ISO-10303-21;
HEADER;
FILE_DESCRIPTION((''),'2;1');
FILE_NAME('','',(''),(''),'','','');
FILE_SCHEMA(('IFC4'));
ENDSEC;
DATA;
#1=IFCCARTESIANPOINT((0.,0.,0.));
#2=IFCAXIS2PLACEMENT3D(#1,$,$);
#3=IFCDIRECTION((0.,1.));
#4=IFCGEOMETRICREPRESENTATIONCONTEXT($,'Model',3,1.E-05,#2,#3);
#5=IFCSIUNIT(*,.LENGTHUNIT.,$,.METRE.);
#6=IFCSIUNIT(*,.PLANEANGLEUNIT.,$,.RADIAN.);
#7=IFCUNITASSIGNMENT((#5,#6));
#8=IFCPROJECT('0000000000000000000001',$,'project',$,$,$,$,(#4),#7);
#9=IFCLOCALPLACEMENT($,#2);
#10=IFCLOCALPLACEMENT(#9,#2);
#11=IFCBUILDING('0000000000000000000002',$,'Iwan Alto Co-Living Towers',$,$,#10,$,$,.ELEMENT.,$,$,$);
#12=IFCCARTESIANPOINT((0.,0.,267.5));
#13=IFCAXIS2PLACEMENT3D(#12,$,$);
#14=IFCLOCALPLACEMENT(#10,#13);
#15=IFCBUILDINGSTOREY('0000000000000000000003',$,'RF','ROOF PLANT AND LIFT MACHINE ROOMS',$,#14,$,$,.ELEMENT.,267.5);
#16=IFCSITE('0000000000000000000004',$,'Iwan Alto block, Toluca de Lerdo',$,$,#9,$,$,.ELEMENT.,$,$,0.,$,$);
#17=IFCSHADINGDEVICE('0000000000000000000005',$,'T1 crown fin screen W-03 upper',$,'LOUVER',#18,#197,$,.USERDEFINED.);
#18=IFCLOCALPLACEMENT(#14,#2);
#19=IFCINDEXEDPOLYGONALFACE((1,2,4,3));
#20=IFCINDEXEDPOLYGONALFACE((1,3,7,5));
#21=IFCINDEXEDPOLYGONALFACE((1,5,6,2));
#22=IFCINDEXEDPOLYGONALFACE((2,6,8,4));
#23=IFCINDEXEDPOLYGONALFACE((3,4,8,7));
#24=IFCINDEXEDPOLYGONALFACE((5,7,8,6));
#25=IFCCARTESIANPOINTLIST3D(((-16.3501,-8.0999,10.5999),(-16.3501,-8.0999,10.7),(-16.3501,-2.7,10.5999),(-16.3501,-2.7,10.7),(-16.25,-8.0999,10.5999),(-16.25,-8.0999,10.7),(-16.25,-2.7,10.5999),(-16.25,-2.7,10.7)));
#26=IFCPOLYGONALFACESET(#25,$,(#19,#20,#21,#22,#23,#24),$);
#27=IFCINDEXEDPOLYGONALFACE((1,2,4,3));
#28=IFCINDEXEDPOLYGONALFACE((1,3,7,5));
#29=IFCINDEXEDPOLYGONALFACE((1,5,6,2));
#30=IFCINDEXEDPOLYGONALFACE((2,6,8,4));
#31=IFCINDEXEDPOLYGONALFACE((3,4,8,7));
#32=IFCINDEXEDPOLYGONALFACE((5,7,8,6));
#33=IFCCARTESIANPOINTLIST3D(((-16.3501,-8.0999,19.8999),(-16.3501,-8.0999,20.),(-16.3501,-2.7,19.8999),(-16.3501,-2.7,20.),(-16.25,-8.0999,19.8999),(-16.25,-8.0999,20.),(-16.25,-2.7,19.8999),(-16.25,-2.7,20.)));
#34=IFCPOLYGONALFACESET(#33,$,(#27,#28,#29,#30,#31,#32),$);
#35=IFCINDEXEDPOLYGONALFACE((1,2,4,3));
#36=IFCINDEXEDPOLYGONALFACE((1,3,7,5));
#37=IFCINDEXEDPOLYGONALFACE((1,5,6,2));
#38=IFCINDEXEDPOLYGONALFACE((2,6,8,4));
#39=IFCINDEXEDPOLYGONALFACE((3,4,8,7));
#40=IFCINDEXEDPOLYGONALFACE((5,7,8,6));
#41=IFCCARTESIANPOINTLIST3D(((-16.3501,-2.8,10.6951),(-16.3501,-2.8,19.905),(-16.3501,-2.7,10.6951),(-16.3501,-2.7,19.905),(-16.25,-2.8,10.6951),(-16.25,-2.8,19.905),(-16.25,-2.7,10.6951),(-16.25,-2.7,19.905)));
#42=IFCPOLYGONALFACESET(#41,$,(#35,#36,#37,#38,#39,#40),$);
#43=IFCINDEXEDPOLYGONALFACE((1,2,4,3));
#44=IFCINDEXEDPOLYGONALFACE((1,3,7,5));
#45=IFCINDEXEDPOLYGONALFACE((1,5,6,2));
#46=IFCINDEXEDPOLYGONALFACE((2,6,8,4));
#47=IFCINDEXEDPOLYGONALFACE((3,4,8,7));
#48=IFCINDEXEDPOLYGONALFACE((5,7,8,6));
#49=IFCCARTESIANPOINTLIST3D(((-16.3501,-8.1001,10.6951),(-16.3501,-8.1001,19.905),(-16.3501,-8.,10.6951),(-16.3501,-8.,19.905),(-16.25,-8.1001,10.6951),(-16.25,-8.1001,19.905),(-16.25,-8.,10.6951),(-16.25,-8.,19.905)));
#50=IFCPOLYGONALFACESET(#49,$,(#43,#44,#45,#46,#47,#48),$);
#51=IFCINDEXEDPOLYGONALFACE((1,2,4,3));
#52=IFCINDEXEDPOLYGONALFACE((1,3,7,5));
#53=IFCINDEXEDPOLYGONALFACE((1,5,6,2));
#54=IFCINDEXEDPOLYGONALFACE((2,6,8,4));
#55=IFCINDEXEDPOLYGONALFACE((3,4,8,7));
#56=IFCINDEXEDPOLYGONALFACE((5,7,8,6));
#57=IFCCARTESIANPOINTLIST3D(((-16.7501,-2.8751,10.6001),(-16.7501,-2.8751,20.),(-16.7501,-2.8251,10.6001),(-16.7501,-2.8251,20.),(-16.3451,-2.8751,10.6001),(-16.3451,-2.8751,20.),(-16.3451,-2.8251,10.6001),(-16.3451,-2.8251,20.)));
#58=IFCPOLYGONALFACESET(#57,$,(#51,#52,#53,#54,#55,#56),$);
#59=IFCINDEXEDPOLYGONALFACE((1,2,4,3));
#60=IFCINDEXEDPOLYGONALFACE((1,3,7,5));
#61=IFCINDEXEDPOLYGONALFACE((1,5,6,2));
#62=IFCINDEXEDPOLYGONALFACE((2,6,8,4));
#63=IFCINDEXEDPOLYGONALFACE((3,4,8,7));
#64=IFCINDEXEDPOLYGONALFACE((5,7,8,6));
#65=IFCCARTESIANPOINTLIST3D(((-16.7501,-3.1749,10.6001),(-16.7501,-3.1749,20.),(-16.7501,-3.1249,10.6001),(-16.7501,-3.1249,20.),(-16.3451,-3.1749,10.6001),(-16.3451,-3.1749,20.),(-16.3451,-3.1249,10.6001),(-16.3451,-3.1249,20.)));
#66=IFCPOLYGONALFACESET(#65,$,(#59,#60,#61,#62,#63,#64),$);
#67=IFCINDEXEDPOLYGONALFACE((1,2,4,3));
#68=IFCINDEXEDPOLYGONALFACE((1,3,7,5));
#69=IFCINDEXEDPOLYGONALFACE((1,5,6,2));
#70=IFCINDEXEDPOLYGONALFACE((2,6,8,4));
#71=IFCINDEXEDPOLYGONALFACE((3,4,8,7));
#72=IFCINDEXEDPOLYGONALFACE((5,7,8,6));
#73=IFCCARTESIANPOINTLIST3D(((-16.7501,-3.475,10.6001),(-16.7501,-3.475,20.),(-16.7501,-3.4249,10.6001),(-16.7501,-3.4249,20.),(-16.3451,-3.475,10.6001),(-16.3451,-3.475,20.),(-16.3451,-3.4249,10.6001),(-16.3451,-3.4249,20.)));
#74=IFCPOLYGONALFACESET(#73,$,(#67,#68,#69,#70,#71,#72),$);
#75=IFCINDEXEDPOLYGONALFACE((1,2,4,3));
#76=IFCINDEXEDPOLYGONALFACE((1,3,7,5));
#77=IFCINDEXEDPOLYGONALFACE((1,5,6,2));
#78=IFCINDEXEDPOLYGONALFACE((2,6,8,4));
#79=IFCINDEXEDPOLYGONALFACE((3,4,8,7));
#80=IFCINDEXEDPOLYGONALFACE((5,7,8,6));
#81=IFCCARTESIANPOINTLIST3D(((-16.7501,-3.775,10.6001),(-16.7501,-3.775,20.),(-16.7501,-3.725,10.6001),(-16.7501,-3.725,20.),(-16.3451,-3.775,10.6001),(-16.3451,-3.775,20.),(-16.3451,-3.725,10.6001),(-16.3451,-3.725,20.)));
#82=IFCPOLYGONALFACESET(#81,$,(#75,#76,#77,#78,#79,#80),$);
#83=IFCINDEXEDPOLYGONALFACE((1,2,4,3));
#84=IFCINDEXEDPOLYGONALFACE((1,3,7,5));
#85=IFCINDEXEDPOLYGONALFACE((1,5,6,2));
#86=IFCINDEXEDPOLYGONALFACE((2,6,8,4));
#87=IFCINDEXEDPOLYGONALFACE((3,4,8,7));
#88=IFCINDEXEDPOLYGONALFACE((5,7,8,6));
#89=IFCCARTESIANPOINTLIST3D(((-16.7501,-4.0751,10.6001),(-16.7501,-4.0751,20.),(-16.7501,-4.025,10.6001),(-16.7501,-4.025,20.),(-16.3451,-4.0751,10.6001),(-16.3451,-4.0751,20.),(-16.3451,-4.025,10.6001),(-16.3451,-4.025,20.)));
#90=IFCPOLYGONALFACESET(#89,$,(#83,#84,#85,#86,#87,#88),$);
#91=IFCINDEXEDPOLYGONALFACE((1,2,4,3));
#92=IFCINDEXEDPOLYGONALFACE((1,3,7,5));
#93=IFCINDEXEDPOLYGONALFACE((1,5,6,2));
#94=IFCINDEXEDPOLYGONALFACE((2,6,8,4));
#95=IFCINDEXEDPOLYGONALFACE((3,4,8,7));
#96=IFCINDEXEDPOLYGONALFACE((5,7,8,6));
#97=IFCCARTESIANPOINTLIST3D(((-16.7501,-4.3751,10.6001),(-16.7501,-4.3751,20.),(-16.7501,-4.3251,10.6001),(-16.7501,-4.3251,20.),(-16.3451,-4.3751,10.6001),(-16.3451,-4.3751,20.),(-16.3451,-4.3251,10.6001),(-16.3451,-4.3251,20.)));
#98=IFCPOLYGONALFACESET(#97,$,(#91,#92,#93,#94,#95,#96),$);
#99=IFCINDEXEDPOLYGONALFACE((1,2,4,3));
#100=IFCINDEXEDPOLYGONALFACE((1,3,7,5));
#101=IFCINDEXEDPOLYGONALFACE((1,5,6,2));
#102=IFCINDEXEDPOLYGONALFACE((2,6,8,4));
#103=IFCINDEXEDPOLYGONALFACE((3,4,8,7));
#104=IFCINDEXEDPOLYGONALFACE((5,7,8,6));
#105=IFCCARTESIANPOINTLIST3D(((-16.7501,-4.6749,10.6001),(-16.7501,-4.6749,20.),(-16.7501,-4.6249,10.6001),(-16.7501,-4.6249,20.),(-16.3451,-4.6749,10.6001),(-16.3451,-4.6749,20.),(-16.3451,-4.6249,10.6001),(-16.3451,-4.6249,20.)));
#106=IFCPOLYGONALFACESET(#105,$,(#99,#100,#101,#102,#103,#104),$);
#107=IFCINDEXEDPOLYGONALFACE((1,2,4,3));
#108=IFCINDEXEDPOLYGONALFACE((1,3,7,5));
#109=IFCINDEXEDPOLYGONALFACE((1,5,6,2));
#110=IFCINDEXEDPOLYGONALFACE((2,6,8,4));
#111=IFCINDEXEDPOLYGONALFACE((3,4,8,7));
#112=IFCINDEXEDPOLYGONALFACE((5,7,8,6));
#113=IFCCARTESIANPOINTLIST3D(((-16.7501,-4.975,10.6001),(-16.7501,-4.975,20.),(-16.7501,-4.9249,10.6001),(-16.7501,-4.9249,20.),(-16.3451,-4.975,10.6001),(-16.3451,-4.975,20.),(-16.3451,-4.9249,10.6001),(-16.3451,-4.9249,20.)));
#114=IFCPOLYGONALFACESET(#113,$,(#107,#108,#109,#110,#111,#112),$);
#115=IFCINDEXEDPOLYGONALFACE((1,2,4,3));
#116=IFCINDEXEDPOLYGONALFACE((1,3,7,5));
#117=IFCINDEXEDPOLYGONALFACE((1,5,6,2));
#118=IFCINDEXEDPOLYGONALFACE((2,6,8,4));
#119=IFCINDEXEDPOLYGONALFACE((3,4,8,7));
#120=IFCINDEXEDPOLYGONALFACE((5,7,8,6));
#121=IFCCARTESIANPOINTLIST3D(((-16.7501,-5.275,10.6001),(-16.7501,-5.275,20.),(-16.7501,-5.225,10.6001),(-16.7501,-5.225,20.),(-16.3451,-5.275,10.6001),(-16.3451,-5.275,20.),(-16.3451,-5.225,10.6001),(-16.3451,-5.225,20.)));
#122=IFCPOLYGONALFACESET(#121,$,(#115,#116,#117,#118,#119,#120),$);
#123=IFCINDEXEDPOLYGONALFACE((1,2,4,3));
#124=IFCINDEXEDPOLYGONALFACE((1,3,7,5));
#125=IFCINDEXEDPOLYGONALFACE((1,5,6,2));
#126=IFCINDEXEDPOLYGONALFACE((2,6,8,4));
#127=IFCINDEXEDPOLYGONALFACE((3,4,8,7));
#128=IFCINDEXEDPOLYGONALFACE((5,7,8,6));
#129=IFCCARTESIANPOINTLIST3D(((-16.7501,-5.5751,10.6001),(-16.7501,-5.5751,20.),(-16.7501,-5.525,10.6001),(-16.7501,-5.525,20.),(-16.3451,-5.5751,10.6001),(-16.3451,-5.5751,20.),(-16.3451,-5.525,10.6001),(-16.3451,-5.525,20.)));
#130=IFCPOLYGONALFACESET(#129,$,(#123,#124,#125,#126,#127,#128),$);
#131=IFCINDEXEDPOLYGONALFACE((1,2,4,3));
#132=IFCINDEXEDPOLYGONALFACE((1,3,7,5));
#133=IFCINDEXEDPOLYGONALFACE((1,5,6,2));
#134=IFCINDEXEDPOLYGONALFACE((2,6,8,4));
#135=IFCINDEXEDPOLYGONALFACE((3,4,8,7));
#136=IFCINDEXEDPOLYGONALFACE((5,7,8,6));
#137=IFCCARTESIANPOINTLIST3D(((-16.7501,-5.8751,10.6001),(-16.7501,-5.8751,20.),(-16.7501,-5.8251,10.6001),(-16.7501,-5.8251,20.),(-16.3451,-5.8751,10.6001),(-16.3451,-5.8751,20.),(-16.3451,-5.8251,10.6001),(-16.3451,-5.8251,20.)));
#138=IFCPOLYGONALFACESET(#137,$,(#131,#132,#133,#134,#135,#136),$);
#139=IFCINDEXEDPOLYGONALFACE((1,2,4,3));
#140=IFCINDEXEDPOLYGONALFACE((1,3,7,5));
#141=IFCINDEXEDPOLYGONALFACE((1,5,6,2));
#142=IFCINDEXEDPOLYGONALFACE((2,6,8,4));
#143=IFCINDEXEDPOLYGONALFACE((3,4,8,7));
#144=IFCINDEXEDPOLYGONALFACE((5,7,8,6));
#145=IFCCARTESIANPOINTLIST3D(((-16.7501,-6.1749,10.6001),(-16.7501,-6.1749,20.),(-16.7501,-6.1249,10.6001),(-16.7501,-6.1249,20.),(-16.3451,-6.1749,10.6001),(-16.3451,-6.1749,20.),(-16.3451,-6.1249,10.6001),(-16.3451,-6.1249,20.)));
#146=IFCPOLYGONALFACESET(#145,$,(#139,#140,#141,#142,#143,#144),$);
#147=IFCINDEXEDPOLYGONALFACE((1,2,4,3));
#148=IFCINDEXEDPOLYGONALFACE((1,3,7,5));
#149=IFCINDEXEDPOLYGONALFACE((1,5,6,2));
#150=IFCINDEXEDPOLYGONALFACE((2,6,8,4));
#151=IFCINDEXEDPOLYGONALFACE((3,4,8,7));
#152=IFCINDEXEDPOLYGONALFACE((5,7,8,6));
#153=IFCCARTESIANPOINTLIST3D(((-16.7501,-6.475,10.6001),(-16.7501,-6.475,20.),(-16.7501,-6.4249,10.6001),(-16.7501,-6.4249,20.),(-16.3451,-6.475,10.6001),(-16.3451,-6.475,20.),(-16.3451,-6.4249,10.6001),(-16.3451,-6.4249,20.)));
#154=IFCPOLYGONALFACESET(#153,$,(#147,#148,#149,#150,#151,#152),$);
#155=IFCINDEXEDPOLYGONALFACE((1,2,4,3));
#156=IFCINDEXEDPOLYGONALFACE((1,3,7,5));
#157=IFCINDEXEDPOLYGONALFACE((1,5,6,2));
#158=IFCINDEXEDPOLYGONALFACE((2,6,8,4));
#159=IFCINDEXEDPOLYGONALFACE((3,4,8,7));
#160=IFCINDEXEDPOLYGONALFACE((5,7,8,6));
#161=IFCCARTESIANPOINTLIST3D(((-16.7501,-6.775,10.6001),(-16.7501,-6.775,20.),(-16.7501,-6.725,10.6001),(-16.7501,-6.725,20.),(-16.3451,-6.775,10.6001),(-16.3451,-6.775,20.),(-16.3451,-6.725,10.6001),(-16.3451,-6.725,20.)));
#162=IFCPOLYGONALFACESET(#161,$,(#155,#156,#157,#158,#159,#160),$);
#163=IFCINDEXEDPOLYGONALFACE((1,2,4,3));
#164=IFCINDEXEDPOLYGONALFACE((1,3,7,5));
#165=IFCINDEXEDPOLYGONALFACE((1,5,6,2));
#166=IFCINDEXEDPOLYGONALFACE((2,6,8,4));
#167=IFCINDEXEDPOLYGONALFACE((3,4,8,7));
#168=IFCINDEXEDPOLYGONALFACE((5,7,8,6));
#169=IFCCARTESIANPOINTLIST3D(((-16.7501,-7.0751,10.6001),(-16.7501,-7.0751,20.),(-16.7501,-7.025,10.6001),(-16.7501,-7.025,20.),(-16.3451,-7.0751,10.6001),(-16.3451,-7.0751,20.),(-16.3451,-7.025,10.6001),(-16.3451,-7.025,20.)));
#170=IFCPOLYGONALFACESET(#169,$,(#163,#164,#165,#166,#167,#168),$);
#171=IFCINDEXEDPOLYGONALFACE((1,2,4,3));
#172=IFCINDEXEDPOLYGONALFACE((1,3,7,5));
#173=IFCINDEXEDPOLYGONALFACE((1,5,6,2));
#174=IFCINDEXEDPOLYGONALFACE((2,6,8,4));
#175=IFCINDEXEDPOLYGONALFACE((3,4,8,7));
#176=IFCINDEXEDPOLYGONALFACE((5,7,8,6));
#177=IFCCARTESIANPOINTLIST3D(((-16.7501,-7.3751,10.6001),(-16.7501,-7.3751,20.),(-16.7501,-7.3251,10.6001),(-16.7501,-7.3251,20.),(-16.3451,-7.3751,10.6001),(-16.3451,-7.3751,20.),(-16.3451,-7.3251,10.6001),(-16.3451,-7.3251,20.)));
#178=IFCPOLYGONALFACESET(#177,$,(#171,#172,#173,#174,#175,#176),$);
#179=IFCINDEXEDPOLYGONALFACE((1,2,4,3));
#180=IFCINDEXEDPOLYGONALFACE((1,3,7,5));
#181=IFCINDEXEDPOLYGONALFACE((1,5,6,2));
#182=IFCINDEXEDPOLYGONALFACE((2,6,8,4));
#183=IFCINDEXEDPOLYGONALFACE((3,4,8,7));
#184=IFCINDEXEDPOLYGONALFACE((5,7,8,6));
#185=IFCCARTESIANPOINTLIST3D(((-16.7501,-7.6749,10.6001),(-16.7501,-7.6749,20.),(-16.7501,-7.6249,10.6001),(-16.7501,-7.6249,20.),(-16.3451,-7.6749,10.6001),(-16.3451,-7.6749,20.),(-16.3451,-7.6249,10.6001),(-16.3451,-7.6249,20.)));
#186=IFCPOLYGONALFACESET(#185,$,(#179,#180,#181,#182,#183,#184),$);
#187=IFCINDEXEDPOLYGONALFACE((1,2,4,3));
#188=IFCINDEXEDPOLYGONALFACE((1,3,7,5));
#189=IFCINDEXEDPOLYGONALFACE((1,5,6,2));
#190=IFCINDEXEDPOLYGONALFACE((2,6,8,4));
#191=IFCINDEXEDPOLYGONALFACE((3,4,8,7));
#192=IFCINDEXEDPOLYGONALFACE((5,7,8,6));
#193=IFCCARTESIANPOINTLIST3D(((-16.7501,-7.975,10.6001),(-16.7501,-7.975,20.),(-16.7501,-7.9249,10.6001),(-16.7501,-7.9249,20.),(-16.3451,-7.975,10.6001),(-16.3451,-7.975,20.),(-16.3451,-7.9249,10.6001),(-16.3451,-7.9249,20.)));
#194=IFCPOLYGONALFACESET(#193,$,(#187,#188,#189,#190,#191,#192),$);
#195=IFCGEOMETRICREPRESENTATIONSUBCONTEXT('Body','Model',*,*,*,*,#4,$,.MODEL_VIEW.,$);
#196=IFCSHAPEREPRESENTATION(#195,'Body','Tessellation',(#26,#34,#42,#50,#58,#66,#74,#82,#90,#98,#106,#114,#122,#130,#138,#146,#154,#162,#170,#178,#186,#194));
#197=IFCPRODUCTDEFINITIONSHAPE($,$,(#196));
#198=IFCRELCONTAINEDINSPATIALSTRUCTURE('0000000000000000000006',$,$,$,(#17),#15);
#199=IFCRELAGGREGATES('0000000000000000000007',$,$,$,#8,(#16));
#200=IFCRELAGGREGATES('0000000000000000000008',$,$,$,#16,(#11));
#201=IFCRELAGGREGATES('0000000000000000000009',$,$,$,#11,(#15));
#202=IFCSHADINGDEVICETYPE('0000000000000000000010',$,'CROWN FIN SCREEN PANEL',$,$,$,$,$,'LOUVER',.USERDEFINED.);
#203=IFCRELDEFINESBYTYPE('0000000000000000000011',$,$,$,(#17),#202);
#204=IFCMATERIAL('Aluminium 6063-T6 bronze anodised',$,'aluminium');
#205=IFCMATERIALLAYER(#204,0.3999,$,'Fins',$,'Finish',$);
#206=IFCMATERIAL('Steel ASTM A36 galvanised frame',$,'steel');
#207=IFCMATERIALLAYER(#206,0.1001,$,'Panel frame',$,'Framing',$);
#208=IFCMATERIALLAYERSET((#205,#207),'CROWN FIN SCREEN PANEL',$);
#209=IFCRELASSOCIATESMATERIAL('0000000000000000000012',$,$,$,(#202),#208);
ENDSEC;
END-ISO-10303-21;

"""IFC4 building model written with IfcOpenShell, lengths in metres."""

from ifc_helpers import new_model, si_unit, direction, frame, origin, origin_2d, place, context, subcontext, project, spatial, rectangle, extrude, material, layer, layer_set, type_object, element, save


model = new_model("IFC4")

# Units and contexts
model_context = context("Model", 3, precision=1e-05, world=origin(), true_north=direction((0.0, 1.0)))
body_context = subcontext(model_context, "Body", "Model", "MODEL_VIEW")
ifc_project = project(units=[si_unit("LENGTHUNIT", "METRE"), si_unit("PLANEANGLEUNIT", "RADIAN")], contexts=[model_context])

# Site, building, storey
site_placement = place(None, origin())
site = spatial("IfcSite", under=ifc_project, at=site_placement, Name="Iwan Alto block, Toluca de Lerdo", CompositionType="ELEMENT", RefElevation=0.0)
building_placement = place(site_placement, origin())
building = spatial("IfcBuilding", under=site, at=building_placement, Name="Iwan Alto Co-Living Towers", CompositionType="ELEMENT")
storey_placement = place(building_placement, frame((0.0, 0.0, 267.5)))
storey = spatial("IfcBuildingStorey", under=building, at=storey_placement, Name="RF", Description="ROOF PLANT AND LIFT MACHINE ROOMS", CompositionType="ELEMENT", Elevation=267.5)

# Shading device
ifc_material_1 = material(Name="Aluminium 6063-T6 bronze anodised", Category="aluminium")
ifc_layer_1 = layer(ifc_material_1, 0.3999, Name="Fins", Category="Finish")
ifc_material_2 = material(Name="Steel ASTM A36 galvanised frame", Category="steel")
ifc_layer_2 = layer(ifc_material_2, 0.1001, Name="Panel frame", Category="Framing")
ifc_layer_set = layer_set([ifc_layer_1, ifc_layer_2], Name="CROWN FIN SCREEN PANEL")
shading_device_type = type_object("IfcShadingDeviceType", Name="CROWN FIN SCREEN PANEL", ElementType="LOUVER", PredefinedType="USERDEFINED", material=ifc_layer_set)
shading_device_1_placement = place(storey_placement, frame((0.0, 0.0, -267.5)))
element("IfcShadingDevice", 1, at=shading_device_1_placement, inside=storey, type_object=shading_device_type, Name="T1 crown fin screen W-03 upper", ObjectType="LOUVER", PredefinedType="USERDEFINED", context=body_context, shape_type="SweptSolid", body=[
    extrude(rectangle(XDim=5.3999, YDim=0.1001, at=origin_2d()), frame((-16.3, -5.3999, 278.0999), z_axis=(0.0, 0.0, 1.0), x_axis=(0.0, -1.0, 0.0)), (0.0, 0.0, 1.0), 0.1001),
    extrude(rectangle(XDim=5.3999, YDim=0.1001, at=origin_2d()), frame((-16.3, -5.3999, 287.3999), z_axis=(0.0, 0.0, 1.0), x_axis=(0.0, -1.0, 0.0)), (0.0, 0.0, 1.0), 0.1001),
    extrude(rectangle(XDim=0.1001, YDim=0.1001, at=origin_2d()), frame((-16.3, -2.75, 278.1951), z_axis=(0.0, 0.0, 1.0), x_axis=(0.0, -1.0, 0.0)), (0.0, 0.0, 1.0), 9.21),
    extrude(rectangle(XDim=0.1001, YDim=0.1001, at=origin_2d()), frame((-16.3, -8.05, 278.1951), z_axis=(0.0, 0.0, 1.0), x_axis=(0.0, -1.0, 0.0)), (0.0, 0.0, 1.0), 9.21),
    extrude(rectangle(XDim=0.05, YDim=0.405, at=origin_2d()), frame((-16.5476, -2.8501, 278.1001), z_axis=(0.0, 0.0, 1.0), x_axis=(0.0, -1.0, 0.0)), (0.0, 0.0, 1.0), 9.3999),
    extrude(rectangle(XDim=0.05, YDim=0.405, at=origin_2d()), frame((-16.5476, -3.1499, 278.1001), z_axis=(0.0, 0.0, 1.0), x_axis=(0.0, -1.0, 0.0)), (0.0, 0.0, 1.0), 9.3999),
    extrude(rectangle(XDim=0.05, YDim=0.405, at=origin_2d()), frame((-16.5476, -3.45, 278.1001), z_axis=(0.0, 0.0, 1.0), x_axis=(0.0, -1.0, 0.0)), (0.0, 0.0, 1.0), 9.3999),
    extrude(rectangle(XDim=0.05, YDim=0.405, at=origin_2d()), frame((-16.5476, -3.75, 278.1001), z_axis=(0.0, 0.0, 1.0), x_axis=(0.0, -1.0, 0.0)), (0.0, 0.0, 1.0), 9.3999),
    extrude(rectangle(XDim=0.05, YDim=0.405, at=origin_2d()), frame((-16.5476, -4.05, 278.1001), z_axis=(0.0, 0.0, 1.0), x_axis=(0.0, -1.0, 0.0)), (0.0, 0.0, 1.0), 9.3999),
    extrude(rectangle(XDim=0.05, YDim=0.405, at=origin_2d()), frame((-16.5476, -4.3501, 278.1001), z_axis=(0.0, 0.0, 1.0), x_axis=(0.0, -1.0, 0.0)), (0.0, 0.0, 1.0), 9.3999),
    extrude(rectangle(XDim=0.05, YDim=0.405, at=origin_2d()), frame((-16.5476, -4.6499, 278.1001), z_axis=(0.0, 0.0, 1.0), x_axis=(0.0, -1.0, 0.0)), (0.0, 0.0, 1.0), 9.3999),
    extrude(rectangle(XDim=0.05, YDim=0.405, at=origin_2d()), frame((-16.5476, -4.95, 278.1001), z_axis=(0.0, 0.0, 1.0), x_axis=(0.0, -1.0, 0.0)), (0.0, 0.0, 1.0), 9.3999),
    extrude(rectangle(XDim=0.05, YDim=0.405, at=origin_2d()), frame((-16.5476, -5.25, 278.1001), z_axis=(0.0, 0.0, 1.0), x_axis=(0.0, -1.0, 0.0)), (0.0, 0.0, 1.0), 9.3999),
    extrude(rectangle(XDim=0.05, YDim=0.405, at=origin_2d()), frame((-16.5476, -5.55, 278.1001), z_axis=(0.0, 0.0, 1.0), x_axis=(0.0, -1.0, 0.0)), (0.0, 0.0, 1.0), 9.3999),
    extrude(rectangle(XDim=0.05, YDim=0.405, at=origin_2d()), frame((-16.5476, -5.8501, 278.1001), z_axis=(0.0, 0.0, 1.0), x_axis=(0.0, -1.0, 0.0)), (0.0, 0.0, 1.0), 9.3999),
    extrude(rectangle(XDim=0.05, YDim=0.405, at=origin_2d()), frame((-16.5476, -6.1499, 278.1001), z_axis=(0.0, 0.0, 1.0), x_axis=(0.0, -1.0, 0.0)), (0.0, 0.0, 1.0), 9.3999),
    extrude(rectangle(XDim=0.05, YDim=0.405, at=origin_2d()), frame((-16.5476, -6.45, 278.1001), z_axis=(0.0, 0.0, 1.0), x_axis=(0.0, -1.0, 0.0)), (0.0, 0.0, 1.0), 9.3999),
    extrude(rectangle(XDim=0.05, YDim=0.405, at=origin_2d()), frame((-16.5476, -6.75, 278.1001), z_axis=(0.0, 0.0, 1.0), x_axis=(0.0, -1.0, 0.0)), (0.0, 0.0, 1.0), 9.3999),
    extrude(rectangle(XDim=0.05, YDim=0.405, at=origin_2d()), frame((-16.5476, -7.05, 278.1001), z_axis=(0.0, 0.0, 1.0), x_axis=(0.0, -1.0, 0.0)), (0.0, 0.0, 1.0), 9.3999),
    extrude(rectangle(XDim=0.05, YDim=0.405, at=origin_2d()), frame((-16.5476, -7.3501, 278.1001), z_axis=(0.0, 0.0, 1.0), x_axis=(0.0, -1.0, 0.0)), (0.0, 0.0, 1.0), 9.3999),
    extrude(rectangle(XDim=0.05, YDim=0.405, at=origin_2d()), frame((-16.5476, -7.6499, 278.1001), z_axis=(0.0, 0.0, 1.0), x_axis=(0.0, -1.0, 0.0)), (0.0, 0.0, 1.0), 9.3999),
    extrude(rectangle(XDim=0.05, YDim=0.405, at=origin_2d()), frame((-16.5476, -7.95, 278.1001), z_axis=(0.0, 0.0, 1.0), x_axis=(0.0, -1.0, 0.0)), (0.0, 0.0, 1.0), 9.3999),
])

save(model, "model.ifc")
